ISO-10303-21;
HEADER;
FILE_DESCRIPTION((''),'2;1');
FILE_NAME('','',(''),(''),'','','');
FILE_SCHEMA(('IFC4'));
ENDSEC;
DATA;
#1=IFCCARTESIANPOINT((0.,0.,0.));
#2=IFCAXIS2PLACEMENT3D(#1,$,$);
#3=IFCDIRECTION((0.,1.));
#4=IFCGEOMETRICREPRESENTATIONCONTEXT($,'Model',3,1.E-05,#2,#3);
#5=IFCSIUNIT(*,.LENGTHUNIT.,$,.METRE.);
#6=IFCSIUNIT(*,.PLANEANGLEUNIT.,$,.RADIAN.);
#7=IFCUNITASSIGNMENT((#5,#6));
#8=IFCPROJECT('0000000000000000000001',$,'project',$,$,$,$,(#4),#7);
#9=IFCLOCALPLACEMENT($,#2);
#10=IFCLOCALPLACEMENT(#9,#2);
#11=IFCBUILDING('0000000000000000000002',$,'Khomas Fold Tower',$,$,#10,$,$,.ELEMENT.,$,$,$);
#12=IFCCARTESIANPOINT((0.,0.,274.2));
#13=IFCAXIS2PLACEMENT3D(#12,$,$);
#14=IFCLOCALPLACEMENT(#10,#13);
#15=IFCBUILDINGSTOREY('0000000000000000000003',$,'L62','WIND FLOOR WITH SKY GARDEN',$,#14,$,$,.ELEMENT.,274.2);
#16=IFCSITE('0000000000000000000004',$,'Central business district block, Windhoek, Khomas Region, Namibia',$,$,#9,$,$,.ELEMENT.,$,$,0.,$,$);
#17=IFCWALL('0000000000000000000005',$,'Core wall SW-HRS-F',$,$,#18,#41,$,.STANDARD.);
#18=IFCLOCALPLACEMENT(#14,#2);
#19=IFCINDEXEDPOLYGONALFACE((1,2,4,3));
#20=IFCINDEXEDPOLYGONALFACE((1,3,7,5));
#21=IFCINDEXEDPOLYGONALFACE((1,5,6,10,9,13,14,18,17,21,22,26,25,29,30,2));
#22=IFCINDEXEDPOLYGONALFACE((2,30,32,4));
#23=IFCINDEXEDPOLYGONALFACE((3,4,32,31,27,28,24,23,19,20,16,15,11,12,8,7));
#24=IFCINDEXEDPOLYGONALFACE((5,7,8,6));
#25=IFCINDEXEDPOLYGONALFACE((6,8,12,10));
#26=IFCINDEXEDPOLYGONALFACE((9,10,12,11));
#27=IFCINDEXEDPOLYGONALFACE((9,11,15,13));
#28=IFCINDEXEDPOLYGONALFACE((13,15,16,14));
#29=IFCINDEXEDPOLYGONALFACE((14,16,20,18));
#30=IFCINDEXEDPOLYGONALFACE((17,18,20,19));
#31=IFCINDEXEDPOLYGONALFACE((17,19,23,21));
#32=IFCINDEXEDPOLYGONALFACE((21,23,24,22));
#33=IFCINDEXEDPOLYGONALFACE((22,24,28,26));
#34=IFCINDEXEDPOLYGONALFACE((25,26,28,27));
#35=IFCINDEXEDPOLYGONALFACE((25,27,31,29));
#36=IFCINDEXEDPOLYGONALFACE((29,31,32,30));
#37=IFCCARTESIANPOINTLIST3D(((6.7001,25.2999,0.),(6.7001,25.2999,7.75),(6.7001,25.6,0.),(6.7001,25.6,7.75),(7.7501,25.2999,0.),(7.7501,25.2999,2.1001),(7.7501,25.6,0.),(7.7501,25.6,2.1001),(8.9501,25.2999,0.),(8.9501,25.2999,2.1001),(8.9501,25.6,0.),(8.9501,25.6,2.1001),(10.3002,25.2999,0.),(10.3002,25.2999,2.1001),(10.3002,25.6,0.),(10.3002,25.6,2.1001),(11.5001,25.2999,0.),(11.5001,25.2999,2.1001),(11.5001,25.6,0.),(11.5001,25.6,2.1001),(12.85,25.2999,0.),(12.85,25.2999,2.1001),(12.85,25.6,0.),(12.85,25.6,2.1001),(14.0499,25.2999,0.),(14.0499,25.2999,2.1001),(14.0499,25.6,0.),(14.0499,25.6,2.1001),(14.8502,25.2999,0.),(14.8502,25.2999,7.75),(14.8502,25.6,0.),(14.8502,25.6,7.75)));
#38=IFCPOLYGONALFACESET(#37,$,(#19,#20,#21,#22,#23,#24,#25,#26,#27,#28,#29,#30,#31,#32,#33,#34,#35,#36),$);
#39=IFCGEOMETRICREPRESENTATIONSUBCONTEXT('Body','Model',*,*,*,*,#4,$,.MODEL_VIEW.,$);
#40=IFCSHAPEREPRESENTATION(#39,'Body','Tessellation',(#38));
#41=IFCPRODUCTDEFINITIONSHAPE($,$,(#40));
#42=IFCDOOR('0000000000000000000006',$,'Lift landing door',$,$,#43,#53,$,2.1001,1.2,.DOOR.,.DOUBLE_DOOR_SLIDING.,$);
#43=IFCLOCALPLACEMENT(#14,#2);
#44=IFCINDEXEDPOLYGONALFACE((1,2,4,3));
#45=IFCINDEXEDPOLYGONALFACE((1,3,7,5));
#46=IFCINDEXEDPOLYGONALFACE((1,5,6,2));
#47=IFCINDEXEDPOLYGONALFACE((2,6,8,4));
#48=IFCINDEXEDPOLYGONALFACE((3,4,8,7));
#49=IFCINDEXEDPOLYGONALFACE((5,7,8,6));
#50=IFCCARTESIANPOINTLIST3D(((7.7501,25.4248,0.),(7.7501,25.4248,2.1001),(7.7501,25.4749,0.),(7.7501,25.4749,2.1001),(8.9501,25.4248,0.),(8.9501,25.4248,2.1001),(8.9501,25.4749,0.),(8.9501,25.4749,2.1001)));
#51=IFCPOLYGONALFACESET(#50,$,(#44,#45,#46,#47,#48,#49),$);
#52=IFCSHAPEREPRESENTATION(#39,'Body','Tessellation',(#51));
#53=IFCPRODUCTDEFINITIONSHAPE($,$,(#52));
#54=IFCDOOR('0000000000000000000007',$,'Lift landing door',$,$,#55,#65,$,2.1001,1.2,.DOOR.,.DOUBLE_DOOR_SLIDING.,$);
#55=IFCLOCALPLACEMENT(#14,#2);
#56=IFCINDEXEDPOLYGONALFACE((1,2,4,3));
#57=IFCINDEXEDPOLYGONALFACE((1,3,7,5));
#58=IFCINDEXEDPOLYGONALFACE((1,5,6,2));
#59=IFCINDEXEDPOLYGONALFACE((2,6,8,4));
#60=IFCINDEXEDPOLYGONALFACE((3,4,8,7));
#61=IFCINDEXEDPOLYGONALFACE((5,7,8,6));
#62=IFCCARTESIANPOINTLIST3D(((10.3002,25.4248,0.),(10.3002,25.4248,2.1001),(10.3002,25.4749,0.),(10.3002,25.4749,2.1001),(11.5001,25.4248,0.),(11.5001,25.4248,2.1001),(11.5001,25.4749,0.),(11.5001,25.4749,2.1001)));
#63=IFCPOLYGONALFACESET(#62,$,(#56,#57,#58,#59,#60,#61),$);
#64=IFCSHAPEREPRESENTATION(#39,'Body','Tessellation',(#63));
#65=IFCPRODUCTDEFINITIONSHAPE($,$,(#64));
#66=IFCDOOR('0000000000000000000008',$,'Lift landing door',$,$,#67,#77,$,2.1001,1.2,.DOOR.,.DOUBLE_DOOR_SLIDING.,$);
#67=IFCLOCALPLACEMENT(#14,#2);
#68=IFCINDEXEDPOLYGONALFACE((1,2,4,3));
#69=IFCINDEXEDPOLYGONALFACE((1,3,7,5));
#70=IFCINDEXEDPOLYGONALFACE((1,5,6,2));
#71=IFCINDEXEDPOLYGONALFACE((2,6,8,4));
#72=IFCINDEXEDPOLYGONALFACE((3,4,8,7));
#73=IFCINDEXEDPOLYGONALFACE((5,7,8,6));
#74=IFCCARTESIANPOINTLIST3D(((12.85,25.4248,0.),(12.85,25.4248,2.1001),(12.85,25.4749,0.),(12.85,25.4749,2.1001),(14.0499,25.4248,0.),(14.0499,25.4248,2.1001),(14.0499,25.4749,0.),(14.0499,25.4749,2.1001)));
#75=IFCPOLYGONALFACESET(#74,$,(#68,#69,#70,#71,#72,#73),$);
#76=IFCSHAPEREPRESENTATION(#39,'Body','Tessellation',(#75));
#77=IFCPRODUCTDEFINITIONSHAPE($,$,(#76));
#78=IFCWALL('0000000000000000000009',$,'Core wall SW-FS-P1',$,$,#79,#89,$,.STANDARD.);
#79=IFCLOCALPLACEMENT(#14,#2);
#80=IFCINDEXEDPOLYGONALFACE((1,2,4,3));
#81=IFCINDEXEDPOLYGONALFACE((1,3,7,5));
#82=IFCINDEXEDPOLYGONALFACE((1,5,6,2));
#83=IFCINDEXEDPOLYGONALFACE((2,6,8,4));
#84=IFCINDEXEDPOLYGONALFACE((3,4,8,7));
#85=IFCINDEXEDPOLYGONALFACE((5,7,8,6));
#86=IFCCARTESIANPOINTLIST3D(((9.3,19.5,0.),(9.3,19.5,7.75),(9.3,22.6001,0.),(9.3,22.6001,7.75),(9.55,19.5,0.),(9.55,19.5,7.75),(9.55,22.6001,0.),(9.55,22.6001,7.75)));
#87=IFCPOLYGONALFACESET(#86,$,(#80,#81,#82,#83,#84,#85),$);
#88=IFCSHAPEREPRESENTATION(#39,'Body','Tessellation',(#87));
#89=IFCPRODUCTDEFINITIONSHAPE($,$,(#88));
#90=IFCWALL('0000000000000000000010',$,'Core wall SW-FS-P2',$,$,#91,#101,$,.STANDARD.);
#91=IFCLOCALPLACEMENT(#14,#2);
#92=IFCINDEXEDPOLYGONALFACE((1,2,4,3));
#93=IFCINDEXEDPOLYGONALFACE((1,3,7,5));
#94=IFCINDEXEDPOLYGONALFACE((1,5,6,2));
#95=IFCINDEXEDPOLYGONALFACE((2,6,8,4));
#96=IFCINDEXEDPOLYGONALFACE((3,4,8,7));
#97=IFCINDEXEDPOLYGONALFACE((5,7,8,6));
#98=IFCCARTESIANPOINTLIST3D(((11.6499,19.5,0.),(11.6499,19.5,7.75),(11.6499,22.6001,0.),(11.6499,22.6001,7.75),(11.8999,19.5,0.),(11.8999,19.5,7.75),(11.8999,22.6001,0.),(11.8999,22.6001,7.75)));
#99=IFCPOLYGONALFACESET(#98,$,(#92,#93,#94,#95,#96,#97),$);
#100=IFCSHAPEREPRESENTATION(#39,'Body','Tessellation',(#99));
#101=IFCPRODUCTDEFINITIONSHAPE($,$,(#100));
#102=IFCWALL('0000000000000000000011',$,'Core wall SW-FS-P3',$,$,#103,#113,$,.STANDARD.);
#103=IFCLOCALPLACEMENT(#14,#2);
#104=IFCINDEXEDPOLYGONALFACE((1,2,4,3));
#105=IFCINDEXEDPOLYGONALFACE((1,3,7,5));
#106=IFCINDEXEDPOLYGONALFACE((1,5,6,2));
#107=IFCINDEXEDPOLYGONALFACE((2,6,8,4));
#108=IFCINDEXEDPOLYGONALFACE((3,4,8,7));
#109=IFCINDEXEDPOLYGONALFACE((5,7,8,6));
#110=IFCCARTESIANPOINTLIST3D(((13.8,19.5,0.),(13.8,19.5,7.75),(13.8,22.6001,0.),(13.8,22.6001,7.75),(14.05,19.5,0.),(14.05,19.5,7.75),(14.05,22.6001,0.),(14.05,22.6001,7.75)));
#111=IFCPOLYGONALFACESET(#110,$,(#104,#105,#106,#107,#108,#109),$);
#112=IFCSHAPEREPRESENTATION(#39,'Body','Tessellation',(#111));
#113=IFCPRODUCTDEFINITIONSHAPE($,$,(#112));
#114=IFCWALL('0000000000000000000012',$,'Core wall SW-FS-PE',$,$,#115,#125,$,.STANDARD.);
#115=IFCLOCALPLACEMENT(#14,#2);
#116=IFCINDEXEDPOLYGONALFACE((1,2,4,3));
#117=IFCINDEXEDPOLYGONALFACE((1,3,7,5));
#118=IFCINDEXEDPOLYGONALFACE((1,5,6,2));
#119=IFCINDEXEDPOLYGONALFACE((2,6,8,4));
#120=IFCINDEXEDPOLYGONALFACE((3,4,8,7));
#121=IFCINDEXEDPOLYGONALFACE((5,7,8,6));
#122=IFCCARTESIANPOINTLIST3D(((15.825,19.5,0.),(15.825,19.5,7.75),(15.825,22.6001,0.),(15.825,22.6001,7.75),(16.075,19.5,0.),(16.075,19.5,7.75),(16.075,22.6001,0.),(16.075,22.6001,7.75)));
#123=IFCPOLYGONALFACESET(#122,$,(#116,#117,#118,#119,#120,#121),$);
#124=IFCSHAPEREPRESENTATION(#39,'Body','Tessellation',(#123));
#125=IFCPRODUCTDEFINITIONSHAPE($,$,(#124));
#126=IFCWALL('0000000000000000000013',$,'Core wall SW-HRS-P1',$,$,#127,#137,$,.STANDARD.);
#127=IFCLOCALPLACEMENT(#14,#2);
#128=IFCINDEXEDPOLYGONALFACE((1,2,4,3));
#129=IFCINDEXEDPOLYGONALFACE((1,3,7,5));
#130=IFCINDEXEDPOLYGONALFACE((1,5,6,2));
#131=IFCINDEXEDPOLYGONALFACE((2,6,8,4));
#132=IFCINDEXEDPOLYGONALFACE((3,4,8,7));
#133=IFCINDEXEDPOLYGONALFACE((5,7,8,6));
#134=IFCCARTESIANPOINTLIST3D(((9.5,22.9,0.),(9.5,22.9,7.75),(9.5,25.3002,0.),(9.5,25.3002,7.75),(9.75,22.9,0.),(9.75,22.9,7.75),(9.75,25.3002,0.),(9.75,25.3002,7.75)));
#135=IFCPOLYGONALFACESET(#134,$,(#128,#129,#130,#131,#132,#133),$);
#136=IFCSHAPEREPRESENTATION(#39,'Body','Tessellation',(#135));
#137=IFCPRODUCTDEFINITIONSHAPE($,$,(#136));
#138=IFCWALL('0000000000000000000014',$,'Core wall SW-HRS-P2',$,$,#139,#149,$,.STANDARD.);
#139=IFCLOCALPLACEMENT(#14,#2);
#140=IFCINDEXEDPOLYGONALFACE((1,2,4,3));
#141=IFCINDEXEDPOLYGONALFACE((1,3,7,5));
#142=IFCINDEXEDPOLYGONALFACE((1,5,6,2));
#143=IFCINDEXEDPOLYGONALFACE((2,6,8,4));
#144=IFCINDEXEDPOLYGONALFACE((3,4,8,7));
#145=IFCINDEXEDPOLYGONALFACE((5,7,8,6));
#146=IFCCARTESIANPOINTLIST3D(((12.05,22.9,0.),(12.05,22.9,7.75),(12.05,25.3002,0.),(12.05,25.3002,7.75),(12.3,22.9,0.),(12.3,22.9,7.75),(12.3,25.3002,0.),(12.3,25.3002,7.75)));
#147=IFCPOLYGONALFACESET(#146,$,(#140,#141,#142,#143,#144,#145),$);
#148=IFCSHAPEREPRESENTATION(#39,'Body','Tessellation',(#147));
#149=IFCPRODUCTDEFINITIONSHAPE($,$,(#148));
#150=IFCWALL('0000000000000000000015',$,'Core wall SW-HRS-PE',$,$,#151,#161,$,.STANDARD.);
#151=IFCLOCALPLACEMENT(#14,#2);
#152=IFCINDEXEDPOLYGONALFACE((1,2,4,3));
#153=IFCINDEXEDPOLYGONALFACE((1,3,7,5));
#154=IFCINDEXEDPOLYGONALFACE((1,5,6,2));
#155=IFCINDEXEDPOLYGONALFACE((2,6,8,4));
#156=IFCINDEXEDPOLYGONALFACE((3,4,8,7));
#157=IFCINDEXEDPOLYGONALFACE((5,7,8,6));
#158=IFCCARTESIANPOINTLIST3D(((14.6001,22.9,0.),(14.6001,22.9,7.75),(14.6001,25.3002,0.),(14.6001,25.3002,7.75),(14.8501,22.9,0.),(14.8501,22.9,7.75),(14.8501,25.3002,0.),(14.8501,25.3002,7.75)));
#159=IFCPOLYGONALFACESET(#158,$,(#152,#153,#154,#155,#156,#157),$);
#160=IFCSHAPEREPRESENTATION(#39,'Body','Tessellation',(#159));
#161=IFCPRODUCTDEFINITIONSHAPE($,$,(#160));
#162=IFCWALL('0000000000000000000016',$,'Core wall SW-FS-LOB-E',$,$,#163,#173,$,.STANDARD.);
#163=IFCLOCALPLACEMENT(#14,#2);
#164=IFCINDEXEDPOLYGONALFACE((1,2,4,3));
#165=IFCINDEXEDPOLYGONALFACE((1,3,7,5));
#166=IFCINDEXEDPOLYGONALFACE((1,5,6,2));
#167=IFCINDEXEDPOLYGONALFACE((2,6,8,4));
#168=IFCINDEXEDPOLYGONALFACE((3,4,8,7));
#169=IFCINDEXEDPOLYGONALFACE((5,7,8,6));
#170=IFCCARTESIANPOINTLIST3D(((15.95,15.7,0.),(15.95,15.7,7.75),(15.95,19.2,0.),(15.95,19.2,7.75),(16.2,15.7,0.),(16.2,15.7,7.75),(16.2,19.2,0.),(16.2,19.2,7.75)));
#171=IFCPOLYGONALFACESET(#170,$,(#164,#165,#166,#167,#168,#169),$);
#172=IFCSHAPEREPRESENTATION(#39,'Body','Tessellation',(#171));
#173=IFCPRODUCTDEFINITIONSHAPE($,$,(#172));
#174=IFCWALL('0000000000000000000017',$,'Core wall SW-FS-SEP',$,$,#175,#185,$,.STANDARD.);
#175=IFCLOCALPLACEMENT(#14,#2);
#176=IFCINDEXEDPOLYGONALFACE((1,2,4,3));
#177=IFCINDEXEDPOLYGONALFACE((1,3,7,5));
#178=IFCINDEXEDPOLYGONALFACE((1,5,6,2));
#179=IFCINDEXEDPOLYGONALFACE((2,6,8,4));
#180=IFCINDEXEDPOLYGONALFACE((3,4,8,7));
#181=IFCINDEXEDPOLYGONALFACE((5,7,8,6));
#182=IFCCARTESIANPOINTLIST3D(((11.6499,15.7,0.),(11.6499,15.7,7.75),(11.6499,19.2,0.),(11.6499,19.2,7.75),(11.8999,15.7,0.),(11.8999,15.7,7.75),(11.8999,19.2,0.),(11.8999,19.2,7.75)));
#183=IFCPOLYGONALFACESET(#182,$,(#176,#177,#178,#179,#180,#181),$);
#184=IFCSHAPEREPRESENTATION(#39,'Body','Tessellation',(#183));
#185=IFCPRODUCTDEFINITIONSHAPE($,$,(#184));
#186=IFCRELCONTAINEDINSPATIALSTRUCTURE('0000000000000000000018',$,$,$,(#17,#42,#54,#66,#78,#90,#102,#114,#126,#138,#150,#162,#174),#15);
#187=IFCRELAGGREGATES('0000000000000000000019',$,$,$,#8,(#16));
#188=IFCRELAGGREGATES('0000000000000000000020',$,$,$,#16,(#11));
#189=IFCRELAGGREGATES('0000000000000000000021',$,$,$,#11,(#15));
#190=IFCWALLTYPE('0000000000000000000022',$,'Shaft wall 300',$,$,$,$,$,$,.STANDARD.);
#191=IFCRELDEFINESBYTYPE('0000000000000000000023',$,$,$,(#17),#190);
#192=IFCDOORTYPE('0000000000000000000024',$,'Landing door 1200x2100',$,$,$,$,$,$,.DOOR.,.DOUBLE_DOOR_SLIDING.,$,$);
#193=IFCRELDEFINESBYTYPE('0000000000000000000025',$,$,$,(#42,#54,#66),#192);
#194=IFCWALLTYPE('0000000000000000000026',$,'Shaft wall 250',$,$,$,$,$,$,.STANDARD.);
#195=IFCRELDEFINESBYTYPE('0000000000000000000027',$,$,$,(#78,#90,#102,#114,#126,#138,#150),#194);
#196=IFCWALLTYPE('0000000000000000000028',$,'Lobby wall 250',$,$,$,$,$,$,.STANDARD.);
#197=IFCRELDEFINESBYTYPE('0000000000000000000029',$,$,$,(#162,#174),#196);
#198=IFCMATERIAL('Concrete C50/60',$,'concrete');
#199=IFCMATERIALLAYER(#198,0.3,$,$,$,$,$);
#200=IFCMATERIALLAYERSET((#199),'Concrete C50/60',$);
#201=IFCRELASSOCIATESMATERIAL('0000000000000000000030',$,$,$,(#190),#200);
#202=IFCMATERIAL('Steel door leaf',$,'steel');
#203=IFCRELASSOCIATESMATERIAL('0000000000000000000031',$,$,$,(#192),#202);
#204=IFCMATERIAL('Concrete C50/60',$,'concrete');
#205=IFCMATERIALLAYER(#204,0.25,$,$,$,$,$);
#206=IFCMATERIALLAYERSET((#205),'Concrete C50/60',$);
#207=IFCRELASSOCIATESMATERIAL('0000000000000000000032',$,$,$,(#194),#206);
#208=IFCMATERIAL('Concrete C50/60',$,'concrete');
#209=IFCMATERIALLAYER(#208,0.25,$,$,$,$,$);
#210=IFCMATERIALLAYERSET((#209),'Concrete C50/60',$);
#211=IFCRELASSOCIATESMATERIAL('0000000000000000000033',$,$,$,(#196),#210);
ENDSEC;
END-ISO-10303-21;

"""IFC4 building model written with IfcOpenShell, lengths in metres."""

from ifc_helpers import new_model, si_unit, direction, frame, frame_2d, origin, place, context, subcontext, project, spatial, rectangle, extrude, source, transform, mapped, material, layer, layer_set, type_object, element, fill, save


model = new_model("IFC4")

# Units and contexts
model_context = context("Model", 3, precision=1e-05, world=origin(), true_north=direction((0.0, 1.0)))
body_context = subcontext(model_context, "Body", "Model", "MODEL_VIEW")
ifc_project = project(units=[si_unit("LENGTHUNIT", "METRE"), si_unit("PLANEANGLEUNIT", "RADIAN")], contexts=[model_context])

# Site, building, storey
site_placement = place(None, origin())
site = spatial("IfcSite", under=ifc_project, at=site_placement, Name="Central business district block, Windhoek, Khomas Region, Namibia", CompositionType="ELEMENT", RefElevation=0.0)
building_placement = place(site_placement, origin())
building = spatial("IfcBuilding", under=site, at=building_placement, Name="Khomas Fold Tower", CompositionType="ELEMENT")
storey_placement = place(building_placement, frame((0.0, 0.0, 274.2)))
storey = spatial("IfcBuildingStorey", under=building, at=storey_placement, Name="L62", Description="WIND FLOOR WITH SKY GARDEN", CompositionType="ELEMENT", Elevation=274.2)

# Shared definitions
ifc_material_1 = material(Name="Concrete C50/60", Category="concrete")
ifc_layer_1 = layer(ifc_material_1, 0.3)
ifc_layer_set_1 = layer_set([ifc_layer_1], Name="Concrete C50/60")
wall_type_1 = type_object("IfcWallType", Name="Shaft wall 300", PredefinedType="STANDARD", material=ifc_layer_set_1)

# Wall, openings, doors
shared_shape_1 = source(origin(), body_context, "Body", "SweptSolid", [
    extrude(rectangle(XDim=8.1501, YDim=0.3, at=frame_2d((4.0752, 0.0))), origin(), (0.0, 0.0, 1.0), 7.75),
])
wall_1_placement = place(storey_placement, frame((6.7, 25.45, 0.0), z_axis=(0.0, 0.0, 1.0), x_axis=(1.0, 0.0, 0.0)))
wall_1 = element("IfcWall", 1, at=wall_1_placement, inside=storey, type_object=wall_type_1, Name="Core wall SW-HRS-F", PredefinedType="STANDARD", context=body_context, shape_type="MappedRepresentation", body=[
    mapped(shared_shape_1, transform((0.0, 0.0, 0.0))),
])
shared_shape_2 = source(origin(), body_context, "Body", "SweptSolid", [
    extrude(rectangle(XDim=1.2, YDim=2.1001, at=frame_2d((0.6001, 1.05))), frame((0.0, 0.1599, 0.0), z_axis=(0.0, -1.0, 0.0), x_axis=(1.0, 0.0, 0.0)), (0.0, 0.0, 1.0), 0.3201),
])
opening_1_placement = place(wall_1_placement, frame((1.05, 0.0, 0.0)))
opening_1 = element("IfcOpeningElement", 2, at=opening_1_placement, cuts=wall_1, PredefinedType="OPENING", context=body_context, shape_type="MappedRepresentation", body=[
    mapped(shared_shape_2, transform((0.0, 0.0, 0.0))),
])
opening_2_placement = place(wall_1_placement, frame((3.6001, 0.0, 0.0)))
opening_2 = element("IfcOpeningElement", 3, at=opening_2_placement, cuts=wall_1, PredefinedType="OPENING", context=body_context, shape_type="MappedRepresentation", body=[
    mapped(shared_shape_2, transform((0.0, 0.0, 0.0))),
])
opening_3_placement = place(wall_1_placement, frame((6.1499, 0.0, 0.0)))
opening_3 = element("IfcOpeningElement", 4, at=opening_3_placement, cuts=wall_1, PredefinedType="OPENING", context=body_context, shape_type="MappedRepresentation", body=[
    mapped(shared_shape_2, transform((0.0, 0.0, 0.0))),
])
ifc_material_2 = material(Name="Steel door leaf", Category="steel")
door_type_1 = type_object("IfcDoorType", Name="Landing door 1200x2100", OperationType="DOUBLE_DOOR_SLIDING", PredefinedType="DOOR", material=ifc_material_2)
shared_shape_3 = source(origin(), body_context, "Body", "SweptSolid", [
    extrude(rectangle(XDim=1.2, YDim=2.1001, at=frame_2d((0.6001, 1.05))), frame((0.0, 0.0249, 0.0), z_axis=(0.0, -1.0, 0.0), x_axis=(1.0, 0.0, 0.0)), (0.0, 0.0, 1.0), 0.05),
])
door_1_placement = place(opening_1_placement, origin())
door_1 = element("IfcDoor", 5, at=door_1_placement, inside=storey, type_object=door_type_1, Name="Lift landing door", OperationType="DOUBLE_DOOR_SLIDING", OverallHeight=2.1001, OverallWidth=1.2, PredefinedType="DOOR", context=body_context, shape_type="MappedRepresentation", body=[
    mapped(shared_shape_3, transform((0.0, 0.0, 0.0))),
])
fill(opening_1, door_1)
door_2_placement = place(opening_2_placement, origin())
door_2 = element("IfcDoor", 6, at=door_2_placement, inside=storey, type_object=door_type_1, Name="Lift landing door", OperationType="DOUBLE_DOOR_SLIDING", OverallHeight=2.1001, OverallWidth=1.2, PredefinedType="DOOR", context=body_context, shape_type="MappedRepresentation", body=[
    mapped(shared_shape_3, transform((0.0, 0.0, 0.0))),
])
fill(opening_2, door_2)
door_3_placement = place(opening_3_placement, origin())
door_3 = element("IfcDoor", 7, at=door_3_placement, inside=storey, type_object=door_type_1, Name="Lift landing door", OperationType="DOUBLE_DOOR_SLIDING", OverallHeight=2.1001, OverallWidth=1.2, PredefinedType="DOOR", context=body_context, shape_type="MappedRepresentation", body=[
    mapped(shared_shape_3, transform((0.0, 0.0, 0.0))),
])
fill(opening_3, door_3)

# Walls
ifc_material_3 = material(Name="Concrete C50/60", Category="concrete")
ifc_layer_2 = layer(ifc_material_3, 0.25)
ifc_layer_set_2 = layer_set([ifc_layer_2], Name="Concrete C50/60")
wall_type_2 = type_object("IfcWallType", Name="Shaft wall 250", PredefinedType="STANDARD", material=ifc_layer_set_2)
shared_shape_4 = source(origin(), body_context, "Body", "SweptSolid", [
    extrude(rectangle(XDim=3.1001, YDim=0.25, at=frame_2d((1.55, 0.0))), origin(), (0.0, 0.0, 1.0), 7.75),
])
for number, where, z_axis, x_axis, name in (
    (8, (9.425, 19.5, 0.0), (0.0, 0.0, 1.0), (0.0, 1.0, 0.0), "Core wall SW-FS-P1"),
    (9, (11.7749, 19.5, 0.0), (0.0, 0.0, 1.0), (0.0, 1.0, 0.0), "Core wall SW-FS-P2"),
    (10, (13.925, 19.5, 0.0), (0.0, 0.0, 1.0), (0.0, 1.0, 0.0), "Core wall SW-FS-P3"),
    (11, (15.95, 19.5, 0.0), (0.0, 0.0, 1.0), (0.0, 1.0, 0.0), "Core wall SW-FS-PE"),
):
    element("IfcWall", number, at=place(storey_placement, frame(where, z_axis=z_axis, x_axis=x_axis)), inside=storey, type_object=wall_type_2, Name=name, PredefinedType="STANDARD", context=body_context, shape_type="MappedRepresentation", body=[
        mapped(shared_shape_4, transform((0.0, 0.0, 0.0))),
    ])
shared_shape_5 = source(origin(), body_context, "Body", "SweptSolid", [
    extrude(rectangle(XDim=2.4001, YDim=0.25, at=frame_2d((1.2002, 0.0))), origin(), (0.0, 0.0, 1.0), 7.75),
])
for number, where, z_axis, x_axis, name in (
    (12, (9.625, 22.8999, 0.0), (0.0, 0.0, 1.0), (0.0, 1.0, 0.0), "Core wall SW-HRS-P1"),
    (13, (12.175, 22.8999, 0.0), (0.0, 0.0, 1.0), (0.0, 1.0, 0.0), "Core wall SW-HRS-P2"),
    (14, (14.7251, 22.8999, 0.0), (0.0, 0.0, 1.0), (0.0, 1.0, 0.0), "Core wall SW-HRS-PE"),
):
    element("IfcWall", number, at=place(storey_placement, frame(where, z_axis=z_axis, x_axis=x_axis)), inside=storey, type_object=wall_type_2, Name=name, PredefinedType="STANDARD", context=body_context, shape_type="MappedRepresentation", body=[
        mapped(shared_shape_5, transform((0.0, 0.0, 0.0))),
    ])
ifc_material_4 = material(Name="Concrete C50/60", Category="concrete")
ifc_layer_3 = layer(ifc_material_4, 0.25)
ifc_layer_set_3 = layer_set([ifc_layer_3], Name="Concrete C50/60")
wall_type_3 = type_object("IfcWallType", Name="Lobby wall 250", PredefinedType="STANDARD", material=ifc_layer_set_3)
shared_shape_6 = source(origin(), body_context, "Body", "SweptSolid", [
    extrude(rectangle(XDim=3.5, YDim=0.25, at=frame_2d((1.75, 0.0))), origin(), (0.0, 0.0, 1.0), 7.75),
])
for number, where, z_axis, x_axis, name in (
    (15, (16.075, 15.7, 0.0), (0.0, 0.0, 1.0), (0.0, 1.0, 0.0), "Core wall SW-FS-LOB-E"),
    (16, (11.7749, 15.7, 0.0), (0.0, 0.0, 1.0), (0.0, 1.0, 0.0), "Core wall SW-FS-SEP"),
):
    element("IfcWall", number, at=place(storey_placement, frame(where, z_axis=z_axis, x_axis=x_axis)), inside=storey, type_object=wall_type_3, Name=name, PredefinedType="STANDARD", context=body_context, shape_type="MappedRepresentation", body=[
        mapped(shared_shape_6, transform((0.0, 0.0, 0.0))),
    ])

save(model, "model.ifc")
